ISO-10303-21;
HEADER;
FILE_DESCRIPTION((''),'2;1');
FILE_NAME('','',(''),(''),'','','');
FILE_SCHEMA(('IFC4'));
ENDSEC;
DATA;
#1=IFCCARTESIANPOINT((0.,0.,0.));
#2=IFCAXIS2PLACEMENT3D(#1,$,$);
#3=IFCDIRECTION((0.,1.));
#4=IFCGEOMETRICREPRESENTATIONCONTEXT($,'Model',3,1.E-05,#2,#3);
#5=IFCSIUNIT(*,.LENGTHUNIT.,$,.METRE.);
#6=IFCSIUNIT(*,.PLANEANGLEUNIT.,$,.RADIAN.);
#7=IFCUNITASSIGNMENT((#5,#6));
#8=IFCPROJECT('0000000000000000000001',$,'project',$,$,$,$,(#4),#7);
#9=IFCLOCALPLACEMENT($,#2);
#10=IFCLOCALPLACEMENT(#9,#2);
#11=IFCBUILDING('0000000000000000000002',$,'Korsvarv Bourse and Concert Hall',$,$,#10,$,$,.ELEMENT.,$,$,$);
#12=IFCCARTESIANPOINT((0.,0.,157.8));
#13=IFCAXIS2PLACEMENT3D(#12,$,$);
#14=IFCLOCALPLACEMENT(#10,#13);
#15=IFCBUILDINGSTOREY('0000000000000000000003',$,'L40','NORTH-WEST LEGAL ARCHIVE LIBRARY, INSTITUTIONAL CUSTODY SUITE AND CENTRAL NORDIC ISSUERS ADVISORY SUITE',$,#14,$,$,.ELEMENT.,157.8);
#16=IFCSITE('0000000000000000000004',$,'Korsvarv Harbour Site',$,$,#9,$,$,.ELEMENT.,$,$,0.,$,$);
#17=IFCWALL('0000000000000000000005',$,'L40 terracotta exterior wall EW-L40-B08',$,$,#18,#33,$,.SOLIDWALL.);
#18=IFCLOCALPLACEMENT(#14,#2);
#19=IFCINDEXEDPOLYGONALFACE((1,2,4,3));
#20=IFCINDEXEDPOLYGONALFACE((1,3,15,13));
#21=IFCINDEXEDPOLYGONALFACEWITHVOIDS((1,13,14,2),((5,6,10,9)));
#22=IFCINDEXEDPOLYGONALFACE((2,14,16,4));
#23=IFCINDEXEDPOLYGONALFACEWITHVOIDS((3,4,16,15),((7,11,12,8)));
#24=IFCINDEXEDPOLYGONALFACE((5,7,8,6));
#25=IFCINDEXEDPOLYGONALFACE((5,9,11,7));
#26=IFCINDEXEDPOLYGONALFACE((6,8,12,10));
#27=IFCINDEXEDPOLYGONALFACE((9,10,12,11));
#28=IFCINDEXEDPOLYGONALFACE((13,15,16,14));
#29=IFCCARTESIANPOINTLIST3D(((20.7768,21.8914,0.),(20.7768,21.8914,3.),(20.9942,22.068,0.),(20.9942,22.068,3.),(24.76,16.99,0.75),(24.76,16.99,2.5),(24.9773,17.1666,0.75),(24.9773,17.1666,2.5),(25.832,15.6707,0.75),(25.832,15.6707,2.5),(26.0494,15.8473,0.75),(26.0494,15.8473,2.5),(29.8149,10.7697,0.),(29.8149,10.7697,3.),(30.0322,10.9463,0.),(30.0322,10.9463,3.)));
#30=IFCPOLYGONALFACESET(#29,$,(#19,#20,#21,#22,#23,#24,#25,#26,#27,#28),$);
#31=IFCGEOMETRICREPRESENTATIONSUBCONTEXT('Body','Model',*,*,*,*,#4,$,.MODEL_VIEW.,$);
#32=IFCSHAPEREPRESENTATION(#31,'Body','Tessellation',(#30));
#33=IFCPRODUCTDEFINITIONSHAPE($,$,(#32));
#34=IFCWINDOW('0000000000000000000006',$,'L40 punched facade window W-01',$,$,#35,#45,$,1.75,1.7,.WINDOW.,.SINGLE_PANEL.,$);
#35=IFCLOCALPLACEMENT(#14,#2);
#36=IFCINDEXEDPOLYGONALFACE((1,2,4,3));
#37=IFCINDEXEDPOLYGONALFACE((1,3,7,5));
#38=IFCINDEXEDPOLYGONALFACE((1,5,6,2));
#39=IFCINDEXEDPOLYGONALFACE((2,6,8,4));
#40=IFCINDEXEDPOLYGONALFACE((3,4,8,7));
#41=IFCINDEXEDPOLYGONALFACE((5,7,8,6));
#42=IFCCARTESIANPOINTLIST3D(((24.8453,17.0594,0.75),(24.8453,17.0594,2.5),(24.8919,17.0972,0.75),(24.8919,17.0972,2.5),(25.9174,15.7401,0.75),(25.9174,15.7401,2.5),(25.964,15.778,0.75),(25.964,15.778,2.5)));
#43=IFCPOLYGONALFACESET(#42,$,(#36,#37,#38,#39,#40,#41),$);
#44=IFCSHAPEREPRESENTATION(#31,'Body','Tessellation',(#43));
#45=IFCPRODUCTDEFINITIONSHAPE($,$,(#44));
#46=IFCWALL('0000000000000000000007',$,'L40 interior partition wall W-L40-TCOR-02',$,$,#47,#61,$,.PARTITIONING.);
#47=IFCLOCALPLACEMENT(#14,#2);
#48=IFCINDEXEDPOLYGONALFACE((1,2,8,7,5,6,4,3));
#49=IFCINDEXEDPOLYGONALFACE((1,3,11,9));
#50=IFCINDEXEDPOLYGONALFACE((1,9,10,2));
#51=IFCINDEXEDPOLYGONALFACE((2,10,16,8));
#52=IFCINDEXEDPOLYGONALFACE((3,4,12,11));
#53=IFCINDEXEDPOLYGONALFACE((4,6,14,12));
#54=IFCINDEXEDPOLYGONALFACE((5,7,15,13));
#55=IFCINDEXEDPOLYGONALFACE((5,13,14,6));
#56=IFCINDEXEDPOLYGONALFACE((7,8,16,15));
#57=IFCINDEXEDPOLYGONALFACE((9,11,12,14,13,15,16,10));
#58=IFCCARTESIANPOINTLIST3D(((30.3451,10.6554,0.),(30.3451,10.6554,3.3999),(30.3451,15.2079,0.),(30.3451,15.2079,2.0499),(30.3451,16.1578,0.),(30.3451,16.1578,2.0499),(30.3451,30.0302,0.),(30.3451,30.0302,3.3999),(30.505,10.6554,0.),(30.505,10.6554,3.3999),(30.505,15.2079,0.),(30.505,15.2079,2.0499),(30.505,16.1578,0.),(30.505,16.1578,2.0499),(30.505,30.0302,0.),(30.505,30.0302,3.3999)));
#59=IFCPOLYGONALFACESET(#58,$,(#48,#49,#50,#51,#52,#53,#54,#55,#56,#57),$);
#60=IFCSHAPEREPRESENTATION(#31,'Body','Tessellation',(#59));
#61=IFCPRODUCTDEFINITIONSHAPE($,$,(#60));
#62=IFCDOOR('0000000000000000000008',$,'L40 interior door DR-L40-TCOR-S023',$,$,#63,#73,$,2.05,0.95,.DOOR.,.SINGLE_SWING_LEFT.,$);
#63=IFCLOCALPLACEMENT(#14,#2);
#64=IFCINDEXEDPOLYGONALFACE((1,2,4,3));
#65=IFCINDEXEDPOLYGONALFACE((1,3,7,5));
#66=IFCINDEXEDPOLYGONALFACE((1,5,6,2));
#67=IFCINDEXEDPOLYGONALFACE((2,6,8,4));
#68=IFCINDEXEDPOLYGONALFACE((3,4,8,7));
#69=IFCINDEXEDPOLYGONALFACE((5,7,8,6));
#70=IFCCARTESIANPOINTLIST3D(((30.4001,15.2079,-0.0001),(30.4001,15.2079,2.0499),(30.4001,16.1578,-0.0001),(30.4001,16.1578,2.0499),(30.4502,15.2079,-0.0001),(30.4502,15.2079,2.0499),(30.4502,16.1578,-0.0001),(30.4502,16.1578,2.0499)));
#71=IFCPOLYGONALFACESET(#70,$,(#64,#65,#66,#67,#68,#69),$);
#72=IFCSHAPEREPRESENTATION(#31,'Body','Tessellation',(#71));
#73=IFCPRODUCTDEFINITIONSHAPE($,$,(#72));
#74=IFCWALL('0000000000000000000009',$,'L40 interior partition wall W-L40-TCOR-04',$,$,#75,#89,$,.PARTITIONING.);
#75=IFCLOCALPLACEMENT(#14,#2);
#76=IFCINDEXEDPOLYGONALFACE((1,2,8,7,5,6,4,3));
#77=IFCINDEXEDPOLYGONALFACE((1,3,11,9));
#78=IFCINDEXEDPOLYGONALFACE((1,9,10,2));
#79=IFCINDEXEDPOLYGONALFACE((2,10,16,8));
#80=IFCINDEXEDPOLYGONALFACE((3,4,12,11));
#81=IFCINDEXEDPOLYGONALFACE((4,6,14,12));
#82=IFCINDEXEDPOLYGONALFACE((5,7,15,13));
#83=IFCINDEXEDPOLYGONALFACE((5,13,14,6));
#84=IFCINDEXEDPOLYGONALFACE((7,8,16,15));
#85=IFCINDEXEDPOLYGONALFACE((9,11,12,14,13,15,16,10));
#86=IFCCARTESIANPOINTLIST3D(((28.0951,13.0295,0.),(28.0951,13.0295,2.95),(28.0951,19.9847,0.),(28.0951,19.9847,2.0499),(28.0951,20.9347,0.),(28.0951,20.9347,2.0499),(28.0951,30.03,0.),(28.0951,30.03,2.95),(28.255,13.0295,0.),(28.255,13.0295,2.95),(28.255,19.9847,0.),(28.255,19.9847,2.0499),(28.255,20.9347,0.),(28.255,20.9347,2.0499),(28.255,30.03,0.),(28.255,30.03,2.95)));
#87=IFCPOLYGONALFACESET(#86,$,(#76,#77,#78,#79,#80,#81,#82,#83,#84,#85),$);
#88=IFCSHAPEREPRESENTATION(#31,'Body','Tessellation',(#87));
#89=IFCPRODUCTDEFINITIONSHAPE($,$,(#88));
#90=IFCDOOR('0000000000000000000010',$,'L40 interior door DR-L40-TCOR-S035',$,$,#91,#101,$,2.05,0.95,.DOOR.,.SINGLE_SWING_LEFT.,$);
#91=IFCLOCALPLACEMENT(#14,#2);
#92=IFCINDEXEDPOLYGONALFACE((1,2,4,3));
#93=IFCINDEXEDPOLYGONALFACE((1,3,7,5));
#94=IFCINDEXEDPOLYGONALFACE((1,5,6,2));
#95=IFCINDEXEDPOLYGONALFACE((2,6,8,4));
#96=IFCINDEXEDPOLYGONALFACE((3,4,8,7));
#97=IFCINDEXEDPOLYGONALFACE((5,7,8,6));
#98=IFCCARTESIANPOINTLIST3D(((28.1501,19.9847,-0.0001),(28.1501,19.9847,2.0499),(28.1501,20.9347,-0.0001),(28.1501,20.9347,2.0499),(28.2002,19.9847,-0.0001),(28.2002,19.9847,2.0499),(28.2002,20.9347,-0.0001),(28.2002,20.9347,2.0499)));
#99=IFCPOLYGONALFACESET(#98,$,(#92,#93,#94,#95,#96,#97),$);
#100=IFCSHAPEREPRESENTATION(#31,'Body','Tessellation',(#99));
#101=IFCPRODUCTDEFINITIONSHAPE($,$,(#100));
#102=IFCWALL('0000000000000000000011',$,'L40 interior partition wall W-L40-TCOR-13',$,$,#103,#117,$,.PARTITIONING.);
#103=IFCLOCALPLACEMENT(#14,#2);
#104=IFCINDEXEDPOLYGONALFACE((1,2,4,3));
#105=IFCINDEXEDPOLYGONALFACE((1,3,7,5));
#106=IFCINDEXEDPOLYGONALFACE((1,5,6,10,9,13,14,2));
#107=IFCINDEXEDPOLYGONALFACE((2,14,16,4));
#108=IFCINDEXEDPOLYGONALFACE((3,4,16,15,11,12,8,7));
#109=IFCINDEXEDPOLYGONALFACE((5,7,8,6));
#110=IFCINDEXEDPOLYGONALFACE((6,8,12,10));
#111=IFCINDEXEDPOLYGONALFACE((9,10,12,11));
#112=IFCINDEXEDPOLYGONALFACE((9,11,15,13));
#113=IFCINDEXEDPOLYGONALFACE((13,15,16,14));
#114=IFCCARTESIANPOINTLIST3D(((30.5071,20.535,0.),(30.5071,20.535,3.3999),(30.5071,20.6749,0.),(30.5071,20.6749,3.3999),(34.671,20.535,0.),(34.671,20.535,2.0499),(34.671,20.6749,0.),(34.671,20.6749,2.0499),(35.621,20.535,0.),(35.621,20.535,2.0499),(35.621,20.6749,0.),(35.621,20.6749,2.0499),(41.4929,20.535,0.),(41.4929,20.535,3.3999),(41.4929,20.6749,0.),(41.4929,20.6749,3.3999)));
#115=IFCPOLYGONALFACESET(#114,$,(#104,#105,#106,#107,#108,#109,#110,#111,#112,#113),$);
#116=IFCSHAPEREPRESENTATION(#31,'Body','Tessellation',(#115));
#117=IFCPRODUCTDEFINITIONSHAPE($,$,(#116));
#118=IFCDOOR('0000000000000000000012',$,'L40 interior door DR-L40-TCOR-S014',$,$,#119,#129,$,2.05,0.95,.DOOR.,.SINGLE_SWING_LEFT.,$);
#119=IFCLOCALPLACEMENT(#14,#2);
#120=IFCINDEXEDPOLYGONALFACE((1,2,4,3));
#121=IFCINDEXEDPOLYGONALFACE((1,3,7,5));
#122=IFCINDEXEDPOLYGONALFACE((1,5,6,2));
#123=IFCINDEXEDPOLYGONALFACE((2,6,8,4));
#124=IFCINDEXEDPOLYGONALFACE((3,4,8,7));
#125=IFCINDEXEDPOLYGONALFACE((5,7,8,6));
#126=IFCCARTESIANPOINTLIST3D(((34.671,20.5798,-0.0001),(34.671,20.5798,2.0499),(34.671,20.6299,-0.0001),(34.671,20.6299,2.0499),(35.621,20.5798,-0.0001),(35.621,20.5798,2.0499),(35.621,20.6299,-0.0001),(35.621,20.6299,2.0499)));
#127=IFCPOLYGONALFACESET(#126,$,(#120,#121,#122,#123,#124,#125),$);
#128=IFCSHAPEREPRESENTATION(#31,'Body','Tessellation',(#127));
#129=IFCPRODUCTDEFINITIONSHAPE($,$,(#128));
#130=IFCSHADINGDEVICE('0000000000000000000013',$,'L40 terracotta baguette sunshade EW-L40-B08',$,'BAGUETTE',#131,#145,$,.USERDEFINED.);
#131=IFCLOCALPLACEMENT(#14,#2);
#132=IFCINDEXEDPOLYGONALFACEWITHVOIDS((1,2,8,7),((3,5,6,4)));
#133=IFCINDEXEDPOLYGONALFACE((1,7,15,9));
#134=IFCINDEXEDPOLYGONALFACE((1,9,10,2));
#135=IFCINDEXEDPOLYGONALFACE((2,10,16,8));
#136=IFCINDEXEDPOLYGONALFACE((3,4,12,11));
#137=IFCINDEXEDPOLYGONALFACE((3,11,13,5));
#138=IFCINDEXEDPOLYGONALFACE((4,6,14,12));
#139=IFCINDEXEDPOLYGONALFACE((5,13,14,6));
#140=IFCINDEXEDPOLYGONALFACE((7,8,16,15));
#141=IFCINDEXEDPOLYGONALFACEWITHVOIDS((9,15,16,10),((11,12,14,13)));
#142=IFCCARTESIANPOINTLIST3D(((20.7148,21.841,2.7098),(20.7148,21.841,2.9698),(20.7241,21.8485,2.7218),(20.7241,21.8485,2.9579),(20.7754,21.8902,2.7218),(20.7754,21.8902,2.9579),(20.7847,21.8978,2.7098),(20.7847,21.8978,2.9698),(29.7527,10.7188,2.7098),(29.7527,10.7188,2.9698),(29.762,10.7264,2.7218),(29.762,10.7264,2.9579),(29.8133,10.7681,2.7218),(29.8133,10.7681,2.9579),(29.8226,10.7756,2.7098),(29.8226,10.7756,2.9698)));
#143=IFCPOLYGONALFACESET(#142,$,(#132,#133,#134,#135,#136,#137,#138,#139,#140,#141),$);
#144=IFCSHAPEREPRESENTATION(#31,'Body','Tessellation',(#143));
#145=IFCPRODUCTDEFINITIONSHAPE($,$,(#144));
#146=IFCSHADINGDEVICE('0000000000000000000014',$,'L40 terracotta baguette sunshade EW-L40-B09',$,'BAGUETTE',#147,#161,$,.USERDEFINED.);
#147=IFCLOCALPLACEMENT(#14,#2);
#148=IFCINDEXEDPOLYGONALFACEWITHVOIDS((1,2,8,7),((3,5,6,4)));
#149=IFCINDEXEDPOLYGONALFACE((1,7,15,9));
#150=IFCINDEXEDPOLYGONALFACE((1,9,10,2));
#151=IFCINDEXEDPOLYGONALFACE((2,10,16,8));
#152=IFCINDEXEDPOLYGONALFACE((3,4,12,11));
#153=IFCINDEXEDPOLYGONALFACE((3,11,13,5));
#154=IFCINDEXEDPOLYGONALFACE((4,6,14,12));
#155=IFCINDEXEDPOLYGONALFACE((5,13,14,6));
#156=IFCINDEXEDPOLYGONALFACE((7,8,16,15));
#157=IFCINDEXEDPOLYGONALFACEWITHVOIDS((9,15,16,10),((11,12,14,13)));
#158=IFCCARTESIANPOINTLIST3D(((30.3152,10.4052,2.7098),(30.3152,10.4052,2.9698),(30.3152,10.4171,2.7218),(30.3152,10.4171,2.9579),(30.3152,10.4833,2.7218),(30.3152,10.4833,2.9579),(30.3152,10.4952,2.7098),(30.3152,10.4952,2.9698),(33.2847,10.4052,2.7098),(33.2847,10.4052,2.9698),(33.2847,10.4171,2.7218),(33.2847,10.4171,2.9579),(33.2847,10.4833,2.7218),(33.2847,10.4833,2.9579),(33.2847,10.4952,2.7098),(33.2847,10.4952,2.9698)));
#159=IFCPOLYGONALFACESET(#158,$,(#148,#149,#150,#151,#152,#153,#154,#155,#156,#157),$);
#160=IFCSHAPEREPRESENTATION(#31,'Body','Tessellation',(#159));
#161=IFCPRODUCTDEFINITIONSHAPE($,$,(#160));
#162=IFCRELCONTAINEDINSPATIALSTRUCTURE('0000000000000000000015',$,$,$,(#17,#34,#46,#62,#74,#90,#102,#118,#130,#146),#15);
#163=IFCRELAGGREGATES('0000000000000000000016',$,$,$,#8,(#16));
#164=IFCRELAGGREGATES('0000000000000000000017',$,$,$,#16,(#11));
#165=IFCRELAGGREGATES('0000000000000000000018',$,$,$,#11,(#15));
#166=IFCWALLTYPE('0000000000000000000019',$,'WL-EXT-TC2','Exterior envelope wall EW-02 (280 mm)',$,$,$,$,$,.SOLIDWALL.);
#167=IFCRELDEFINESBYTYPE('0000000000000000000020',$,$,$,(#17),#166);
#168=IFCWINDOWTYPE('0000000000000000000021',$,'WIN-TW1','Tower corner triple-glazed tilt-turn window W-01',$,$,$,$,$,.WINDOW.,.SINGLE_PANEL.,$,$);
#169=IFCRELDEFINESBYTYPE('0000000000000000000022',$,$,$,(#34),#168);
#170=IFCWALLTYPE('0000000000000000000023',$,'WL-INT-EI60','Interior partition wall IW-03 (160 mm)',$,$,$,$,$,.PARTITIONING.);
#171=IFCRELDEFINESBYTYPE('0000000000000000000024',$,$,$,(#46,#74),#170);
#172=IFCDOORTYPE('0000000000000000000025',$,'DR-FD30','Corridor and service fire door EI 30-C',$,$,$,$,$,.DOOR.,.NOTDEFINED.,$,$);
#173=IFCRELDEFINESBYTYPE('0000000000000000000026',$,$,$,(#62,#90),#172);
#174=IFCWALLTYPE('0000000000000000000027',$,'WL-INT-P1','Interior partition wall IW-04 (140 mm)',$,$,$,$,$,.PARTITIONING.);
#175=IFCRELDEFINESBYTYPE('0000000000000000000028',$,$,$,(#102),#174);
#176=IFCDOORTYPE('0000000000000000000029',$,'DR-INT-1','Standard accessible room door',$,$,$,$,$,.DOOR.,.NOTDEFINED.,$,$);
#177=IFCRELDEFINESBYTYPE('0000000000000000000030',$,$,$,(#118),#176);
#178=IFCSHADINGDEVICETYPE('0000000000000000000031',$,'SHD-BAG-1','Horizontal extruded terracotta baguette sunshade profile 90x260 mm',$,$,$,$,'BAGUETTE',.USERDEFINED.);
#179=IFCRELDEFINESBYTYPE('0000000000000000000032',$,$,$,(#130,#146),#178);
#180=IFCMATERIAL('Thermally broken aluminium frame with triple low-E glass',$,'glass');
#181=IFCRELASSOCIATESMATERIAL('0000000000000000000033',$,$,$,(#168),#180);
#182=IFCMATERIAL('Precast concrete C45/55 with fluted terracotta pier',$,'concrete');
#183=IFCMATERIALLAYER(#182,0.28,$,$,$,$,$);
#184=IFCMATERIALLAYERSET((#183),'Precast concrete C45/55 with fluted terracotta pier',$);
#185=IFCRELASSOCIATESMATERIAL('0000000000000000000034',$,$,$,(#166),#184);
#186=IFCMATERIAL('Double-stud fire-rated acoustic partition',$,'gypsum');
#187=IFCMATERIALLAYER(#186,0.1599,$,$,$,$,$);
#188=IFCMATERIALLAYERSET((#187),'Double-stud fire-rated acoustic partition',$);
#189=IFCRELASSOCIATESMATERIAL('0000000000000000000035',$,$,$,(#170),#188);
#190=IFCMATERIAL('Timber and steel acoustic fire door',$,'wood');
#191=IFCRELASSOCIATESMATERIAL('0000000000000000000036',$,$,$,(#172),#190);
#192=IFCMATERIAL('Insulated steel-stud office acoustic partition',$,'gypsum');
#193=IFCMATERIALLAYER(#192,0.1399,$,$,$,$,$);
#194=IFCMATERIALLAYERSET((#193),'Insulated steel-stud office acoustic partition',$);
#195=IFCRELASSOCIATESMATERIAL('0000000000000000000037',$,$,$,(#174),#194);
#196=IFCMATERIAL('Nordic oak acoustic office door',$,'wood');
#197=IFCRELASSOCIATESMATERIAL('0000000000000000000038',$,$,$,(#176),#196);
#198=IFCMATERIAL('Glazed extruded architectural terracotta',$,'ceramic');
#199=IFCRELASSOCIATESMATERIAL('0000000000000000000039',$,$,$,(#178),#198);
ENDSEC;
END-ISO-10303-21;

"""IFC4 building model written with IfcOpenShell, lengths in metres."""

from ifc_helpers import new_model, si_unit, direction, frame, frame_2d, origin, origin_2d, place, context, subcontext, project, spatial, rectangle, hollow_rectangle, extrude, source, transform, mapped, material, layer, layer_set, material_profile, profile_set, type_object, element, fill, save


model = new_model("IFC4")

# Units and contexts
model_context = context("Model", 3, precision=1e-05, world=origin(), true_north=direction((0.0, 1.0)))
body_context = subcontext(model_context, "Body", "Model", "MODEL_VIEW")
ifc_project = project(units=[si_unit("LENGTHUNIT", "METRE"), si_unit("PLANEANGLEUNIT", "RADIAN")], contexts=[model_context])

# Site, building, storey
site_placement = place(None, origin())
site = spatial("IfcSite", under=ifc_project, at=site_placement, Name="Korsvarv Harbour Site", CompositionType="ELEMENT", RefElevation=0.0)
building_placement = place(site_placement, origin())
building = spatial("IfcBuilding", under=site, at=building_placement, Name="Korsvarv Bourse and Concert Hall", CompositionType="ELEMENT")
storey_placement = place(building_placement, frame((0.0, 0.0, 157.8)))
storey = spatial("IfcBuildingStorey", under=building, at=storey_placement, Name="L40", Description="NORTH-WEST LEGAL ARCHIVE LIBRARY, INSTITUTIONAL CUSTODY SUITE AND CENTRAL NORDIC ISSUERS ADVISORY SUITE", CompositionType="ELEMENT", Elevation=157.8)

# Wall, opening, window
ifc_material_1 = material(Name="Thermally broken aluminium frame with triple low-E glass", Category="glass")
window_type = type_object("IfcWindowType", Name="WIN-TW1", Description="Tower corner triple-glazed tilt-turn window W-01", PartitioningType="SINGLE_PANEL", PredefinedType="WINDOW", material=ifc_material_1)
ifc_material_2 = material(Name="Precast concrete C45/55 with fluted terracotta pier", Category="concrete")
ifc_layer_1 = layer(ifc_material_2, 0.28)
ifc_layer_set_1 = layer_set([ifc_layer_1], Name="Precast concrete C45/55 with fluted terracotta pier")
wall_type_1 = type_object("IfcWallType", Name="WL-EXT-TC2", Description="Exterior envelope wall EW-02 (280 mm)", PredefinedType="SOLIDWALL", material=ifc_layer_set_1)
wall_1_placement = place(storey_placement, frame((20.8855, 21.9797, 0.0), z_axis=(0.0, 0.0, 1.0), x_axis=(0.63066, -0.776059, 0.0)))
wall_1 = element("IfcWall", 1, at=wall_1_placement, inside=storey, type_object=wall_type_1, Name="L40 terracotta exterior wall EW-L40-B08", PredefinedType="SOLIDWALL", context=body_context, shape_type="SweptSolid", body=[
    extrude(rectangle(XDim=14.3311, YDim=0.28, at=frame_2d((7.1655, 0.0))), origin(), (0.0, 0.0, 1.0), 3.0),
])
opening_1_placement = place(wall_1_placement, frame((6.3157, 0.0, 0.75)))
opening_1 = element("IfcOpeningElement", 2, at=opening_1_placement, cuts=wall_1, PredefinedType="OPENING", context=body_context, shape_type="SweptSolid", body=[
    extrude(rectangle(XDim=1.7, YDim=1.75, at=frame_2d((0.8501, 0.875))), frame((0.0, 0.1499, 0.0), z_axis=(0.0, -1.0, 0.0), x_axis=(1.0, 0.0, 0.0)), (0.0, 0.0, 1.0), 0.3),
])
window_1_placement = place(opening_1_placement, origin())
window_1 = element("IfcWindow", 3, at=window_1_placement, inside=storey, type_object=window_type, Name="L40 punched facade window W-01", OverallHeight=1.75, OverallWidth=1.7, PartitioningType="SINGLE_PANEL", PredefinedType="WINDOW", context=body_context, shape_type="SweptSolid", body=[
    extrude(rectangle(XDim=1.7, YDim=1.75, at=frame_2d((0.8501, 0.875))), frame((0.0, 0.03, 0.0), z_axis=(0.0, -1.0, 0.0), x_axis=(1.0, 0.0, 0.0)), (0.0, 0.0, 1.0), 0.0601),
])
fill(opening_1, window_1)

# Walls, openings, doors
ifc_material_3 = material(Name="Double-stud fire-rated acoustic partition", Category="gypsum")
ifc_layer_2 = layer(ifc_material_3, 0.1599)
ifc_layer_set_2 = layer_set([ifc_layer_2], Name="Double-stud fire-rated acoustic partition")
wall_type_2 = type_object("IfcWallType", Name="WL-INT-EI60", Description="Interior partition wall IW-03 (160 mm)", PredefinedType="PARTITIONING", material=ifc_layer_set_2)
wall_2_placement = place(storey_placement, frame((30.425, 10.6553, 0.0), z_axis=(0.0, 0.0, 1.0), x_axis=(0.0, 1.0, 0.0)))
wall_2 = element("IfcWall", 4, at=wall_2_placement, inside=storey, type_object=wall_type_2, Name="L40 interior partition wall W-L40-TCOR-02", PredefinedType="PARTITIONING", context=body_context, shape_type="SweptSolid", body=[
    extrude(rectangle(XDim=19.3748, YDim=0.1599, at=frame_2d((9.6875, 0.0))), origin(), (0.0, 0.0, 1.0), 3.3999),
])
opening_2_placement = place(wall_2_placement, frame((4.5525, 0.0, 0.0)))
opening_2 = element("IfcOpeningElement", 5, at=opening_2_placement, cuts=wall_2, PredefinedType="OPENING", context=body_context, shape_type="SweptSolid", body=[
    extrude(rectangle(XDim=0.95, YDim=2.05, at=frame_2d((0.4751, 1.0249))), frame((0.0, 0.0898, 0.0), z_axis=(0.0, -1.0, 0.0), x_axis=(1.0, 0.0, 0.0)), (0.0, 0.0, 1.0), 0.1799),
])
ifc_material_4 = material(Name="Timber and steel acoustic fire door", Category="wood")
door_type_1 = type_object("IfcDoorType", Name="DR-FD30", Description="Corridor and service fire door EI 30-C", OperationType="NOTDEFINED", PredefinedType="DOOR", material=ifc_material_4)
door_1_placement = place(opening_2_placement, origin())
door_1 = element("IfcDoor", 6, at=door_1_placement, inside=storey, type_object=door_type_1, Name="L40 interior door DR-L40-TCOR-S023", OperationType="SINGLE_SWING_LEFT", OverallHeight=2.05, OverallWidth=0.95, PredefinedType="DOOR", context=body_context, shape_type="SweptSolid", body=[
    extrude(rectangle(XDim=0.95, YDim=2.05, at=frame_2d((0.4751, 1.0249))), frame((0.0, 0.0249, 0.0), z_axis=(0.0, -1.0, 0.0), x_axis=(1.0, 0.0, 0.0)), (0.0, 0.0, 1.0), 0.05),
])
fill(opening_2, door_1)
wall_3_placement = place(storey_placement, frame((28.175, 13.0295, 0.0), z_axis=(0.0, 0.0, 1.0), x_axis=(0.0, 1.0, 0.0)))
wall_3 = element("IfcWall", 7, at=wall_3_placement, inside=storey, type_object=wall_type_2, Name="L40 interior partition wall W-L40-TCOR-04", PredefinedType="PARTITIONING", context=body_context, shape_type="SweptSolid", body=[
    extrude(rectangle(XDim=17.0005, YDim=0.1599, at=frame_2d((8.5002, 0.0))), origin(), (0.0, 0.0, 1.0), 2.95),
])
opening_3_placement = place(wall_3_placement, frame((6.9551, 0.0, 0.0)))
opening_3 = element("IfcOpeningElement", 8, at=opening_3_placement, cuts=wall_3, PredefinedType="OPENING", context=body_context, shape_type="SweptSolid", body=[
    extrude(rectangle(XDim=0.95, YDim=2.05, at=frame_2d((0.4751, 1.0249))), frame((0.0, 0.0898, 0.0), z_axis=(0.0, -1.0, 0.0), x_axis=(1.0, 0.0, 0.0)), (0.0, 0.0, 1.0), 0.1799),
])
door_2_placement = place(opening_3_placement, origin())
door_2 = element("IfcDoor", 9, at=door_2_placement, inside=storey, type_object=door_type_1, Name="L40 interior door DR-L40-TCOR-S035", OperationType="SINGLE_SWING_LEFT", OverallHeight=2.05, OverallWidth=0.95, PredefinedType="DOOR", context=body_context, shape_type="SweptSolid", body=[
    extrude(rectangle(XDim=0.95, YDim=2.05, at=frame_2d((0.4751, 1.0249))), frame((0.0, 0.0249, 0.0), z_axis=(0.0, -1.0, 0.0), x_axis=(1.0, 0.0, 0.0)), (0.0, 0.0, 1.0), 0.05),
])
fill(opening_3, door_2)
ifc_material_5 = material(Name="Insulated steel-stud office acoustic partition", Category="gypsum")
ifc_layer_3 = layer(ifc_material_5, 0.1399)
ifc_layer_set_3 = layer_set([ifc_layer_3], Name="Insulated steel-stud office acoustic partition")
wall_type_3 = type_object("IfcWallType", Name="WL-INT-P1", Description="Interior partition wall IW-04 (140 mm)", PredefinedType="PARTITIONING", material=ifc_layer_set_3)
wall_4_placement = place(storey_placement, frame((30.5071, 20.605, 0.0), z_axis=(0.0, 0.0, 1.0), x_axis=(1.0, 0.0, 0.0)))
wall_4 = element("IfcWall", 10, at=wall_4_placement, inside=storey, type_object=wall_type_3, Name="L40 interior partition wall W-L40-TCOR-13", PredefinedType="PARTITIONING", context=body_context, shape_type="SweptSolid", body=[
    extrude(rectangle(XDim=10.9858, YDim=0.1399, at=frame_2d((5.4929, 0.0))), origin(), (0.0, 0.0, 1.0), 3.3999),
])
opening_4_placement = place(wall_4_placement, frame((4.1638, 0.0, 0.0)))
opening_4 = element("IfcOpeningElement", 11, at=opening_4_placement, cuts=wall_4, PredefinedType="OPENING", context=body_context, shape_type="SweptSolid", body=[
    extrude(rectangle(XDim=0.95, YDim=2.05, at=frame_2d((0.4751, 1.0249))), frame((0.0, 0.0801, 0.0), z_axis=(0.0, -1.0, 0.0), x_axis=(1.0, 0.0, 0.0)), (0.0, 0.0, 1.0), 0.1599),
])
ifc_material_6 = material(Name="Nordic oak acoustic office door", Category="wood")
door_type_2 = type_object("IfcDoorType", Name="DR-INT-1", Description="Standard accessible room door", OperationType="NOTDEFINED", PredefinedType="DOOR", material=ifc_material_6)
door_3_placement = place(opening_4_placement, origin())
door_3 = element("IfcDoor", 12, at=door_3_placement, inside=storey, type_object=door_type_2, Name="L40 interior door DR-L40-TCOR-S014", OperationType="SINGLE_SWING_LEFT", OverallHeight=2.05, OverallWidth=0.95, PredefinedType="DOOR", context=body_context, shape_type="SweptSolid", body=[
    extrude(rectangle(XDim=0.95, YDim=2.05, at=frame_2d((0.4751, 1.0249))), frame((0.0, 0.0249, 0.0), z_axis=(0.0, -1.0, 0.0), x_axis=(1.0, 0.0, 0.0)), (0.0, 0.0, 1.0), 0.05),
])
fill(opening_4, door_3)

# Shading devices
ifc_material_7 = material(Name="Glazed extruded architectural terracotta", Category="ceramic")
ifc_material_profile_1 = material_profile(ifc_material_7, hollow_rectangle(XDim=0.0901, YDim=0.26, WallThickness=0.012, at=origin_2d()), Name="TC-BAG 90x260")
ifc_profile_set_1 = profile_set([ifc_material_profile_1], Name="Glazed extruded architectural terracotta")
shading_device_type = type_object("IfcShadingDeviceType", Name="SHD-BAG-1", Description="Horizontal extruded terracotta baguette sunshade profile 90x260 mm", ElementType="BAGUETTE", PredefinedType="USERDEFINED", material=ifc_profile_set_1)
shared_shape_1 = source(origin(), body_context, "Body", "SweptSolid", [
    extrude(hollow_rectangle(XDim=0.0901, YDim=0.26, WallThickness=0.012, at=origin_2d()), origin(), (0.0, 0.0, 1.0), 14.3313),
])
shading_device_1_placement = place(storey_placement, frame((20.7498, 21.8694, 2.8398), z_axis=(0.630641, -0.776074, 0.0), x_axis=(0.776074, 0.630641, 0.0)))
element("IfcShadingDevice", 13, at=shading_device_1_placement, inside=storey, type_object=shading_device_type, Name="L40 terracotta baguette sunshade EW-L40-B08", ObjectType="BAGUETTE", PredefinedType="USERDEFINED", context=body_context, shape_type="MappedRepresentation", body=[
    mapped(shared_shape_1, transform((0.0, 0.0, 0.0), scale=1.0)),
])
shared_shape_2 = source(origin(), body_context, "Body", "SweptSolid", [
    extrude(hollow_rectangle(XDim=0.0901, YDim=0.26, WallThickness=0.012, at=origin_2d()), origin(), (0.0, 0.0, 1.0), 2.9695),
])
shading_device_2_placement = place(storey_placement, frame((30.3152, 10.4502, 2.8398), z_axis=(1.0, 0.0, 0.0), x_axis=(0.0, 1.0, 0.0)))
element("IfcShadingDevice", 14, at=shading_device_2_placement, inside=storey, type_object=shading_device_type, Name="L40 terracotta baguette sunshade EW-L40-B09", ObjectType="BAGUETTE", PredefinedType="USERDEFINED", context=body_context, shape_type="MappedRepresentation", body=[
    mapped(shared_shape_2, transform((0.0, 0.0, 0.0), scale=1.0)),
])

save(model, "model.ifc")
